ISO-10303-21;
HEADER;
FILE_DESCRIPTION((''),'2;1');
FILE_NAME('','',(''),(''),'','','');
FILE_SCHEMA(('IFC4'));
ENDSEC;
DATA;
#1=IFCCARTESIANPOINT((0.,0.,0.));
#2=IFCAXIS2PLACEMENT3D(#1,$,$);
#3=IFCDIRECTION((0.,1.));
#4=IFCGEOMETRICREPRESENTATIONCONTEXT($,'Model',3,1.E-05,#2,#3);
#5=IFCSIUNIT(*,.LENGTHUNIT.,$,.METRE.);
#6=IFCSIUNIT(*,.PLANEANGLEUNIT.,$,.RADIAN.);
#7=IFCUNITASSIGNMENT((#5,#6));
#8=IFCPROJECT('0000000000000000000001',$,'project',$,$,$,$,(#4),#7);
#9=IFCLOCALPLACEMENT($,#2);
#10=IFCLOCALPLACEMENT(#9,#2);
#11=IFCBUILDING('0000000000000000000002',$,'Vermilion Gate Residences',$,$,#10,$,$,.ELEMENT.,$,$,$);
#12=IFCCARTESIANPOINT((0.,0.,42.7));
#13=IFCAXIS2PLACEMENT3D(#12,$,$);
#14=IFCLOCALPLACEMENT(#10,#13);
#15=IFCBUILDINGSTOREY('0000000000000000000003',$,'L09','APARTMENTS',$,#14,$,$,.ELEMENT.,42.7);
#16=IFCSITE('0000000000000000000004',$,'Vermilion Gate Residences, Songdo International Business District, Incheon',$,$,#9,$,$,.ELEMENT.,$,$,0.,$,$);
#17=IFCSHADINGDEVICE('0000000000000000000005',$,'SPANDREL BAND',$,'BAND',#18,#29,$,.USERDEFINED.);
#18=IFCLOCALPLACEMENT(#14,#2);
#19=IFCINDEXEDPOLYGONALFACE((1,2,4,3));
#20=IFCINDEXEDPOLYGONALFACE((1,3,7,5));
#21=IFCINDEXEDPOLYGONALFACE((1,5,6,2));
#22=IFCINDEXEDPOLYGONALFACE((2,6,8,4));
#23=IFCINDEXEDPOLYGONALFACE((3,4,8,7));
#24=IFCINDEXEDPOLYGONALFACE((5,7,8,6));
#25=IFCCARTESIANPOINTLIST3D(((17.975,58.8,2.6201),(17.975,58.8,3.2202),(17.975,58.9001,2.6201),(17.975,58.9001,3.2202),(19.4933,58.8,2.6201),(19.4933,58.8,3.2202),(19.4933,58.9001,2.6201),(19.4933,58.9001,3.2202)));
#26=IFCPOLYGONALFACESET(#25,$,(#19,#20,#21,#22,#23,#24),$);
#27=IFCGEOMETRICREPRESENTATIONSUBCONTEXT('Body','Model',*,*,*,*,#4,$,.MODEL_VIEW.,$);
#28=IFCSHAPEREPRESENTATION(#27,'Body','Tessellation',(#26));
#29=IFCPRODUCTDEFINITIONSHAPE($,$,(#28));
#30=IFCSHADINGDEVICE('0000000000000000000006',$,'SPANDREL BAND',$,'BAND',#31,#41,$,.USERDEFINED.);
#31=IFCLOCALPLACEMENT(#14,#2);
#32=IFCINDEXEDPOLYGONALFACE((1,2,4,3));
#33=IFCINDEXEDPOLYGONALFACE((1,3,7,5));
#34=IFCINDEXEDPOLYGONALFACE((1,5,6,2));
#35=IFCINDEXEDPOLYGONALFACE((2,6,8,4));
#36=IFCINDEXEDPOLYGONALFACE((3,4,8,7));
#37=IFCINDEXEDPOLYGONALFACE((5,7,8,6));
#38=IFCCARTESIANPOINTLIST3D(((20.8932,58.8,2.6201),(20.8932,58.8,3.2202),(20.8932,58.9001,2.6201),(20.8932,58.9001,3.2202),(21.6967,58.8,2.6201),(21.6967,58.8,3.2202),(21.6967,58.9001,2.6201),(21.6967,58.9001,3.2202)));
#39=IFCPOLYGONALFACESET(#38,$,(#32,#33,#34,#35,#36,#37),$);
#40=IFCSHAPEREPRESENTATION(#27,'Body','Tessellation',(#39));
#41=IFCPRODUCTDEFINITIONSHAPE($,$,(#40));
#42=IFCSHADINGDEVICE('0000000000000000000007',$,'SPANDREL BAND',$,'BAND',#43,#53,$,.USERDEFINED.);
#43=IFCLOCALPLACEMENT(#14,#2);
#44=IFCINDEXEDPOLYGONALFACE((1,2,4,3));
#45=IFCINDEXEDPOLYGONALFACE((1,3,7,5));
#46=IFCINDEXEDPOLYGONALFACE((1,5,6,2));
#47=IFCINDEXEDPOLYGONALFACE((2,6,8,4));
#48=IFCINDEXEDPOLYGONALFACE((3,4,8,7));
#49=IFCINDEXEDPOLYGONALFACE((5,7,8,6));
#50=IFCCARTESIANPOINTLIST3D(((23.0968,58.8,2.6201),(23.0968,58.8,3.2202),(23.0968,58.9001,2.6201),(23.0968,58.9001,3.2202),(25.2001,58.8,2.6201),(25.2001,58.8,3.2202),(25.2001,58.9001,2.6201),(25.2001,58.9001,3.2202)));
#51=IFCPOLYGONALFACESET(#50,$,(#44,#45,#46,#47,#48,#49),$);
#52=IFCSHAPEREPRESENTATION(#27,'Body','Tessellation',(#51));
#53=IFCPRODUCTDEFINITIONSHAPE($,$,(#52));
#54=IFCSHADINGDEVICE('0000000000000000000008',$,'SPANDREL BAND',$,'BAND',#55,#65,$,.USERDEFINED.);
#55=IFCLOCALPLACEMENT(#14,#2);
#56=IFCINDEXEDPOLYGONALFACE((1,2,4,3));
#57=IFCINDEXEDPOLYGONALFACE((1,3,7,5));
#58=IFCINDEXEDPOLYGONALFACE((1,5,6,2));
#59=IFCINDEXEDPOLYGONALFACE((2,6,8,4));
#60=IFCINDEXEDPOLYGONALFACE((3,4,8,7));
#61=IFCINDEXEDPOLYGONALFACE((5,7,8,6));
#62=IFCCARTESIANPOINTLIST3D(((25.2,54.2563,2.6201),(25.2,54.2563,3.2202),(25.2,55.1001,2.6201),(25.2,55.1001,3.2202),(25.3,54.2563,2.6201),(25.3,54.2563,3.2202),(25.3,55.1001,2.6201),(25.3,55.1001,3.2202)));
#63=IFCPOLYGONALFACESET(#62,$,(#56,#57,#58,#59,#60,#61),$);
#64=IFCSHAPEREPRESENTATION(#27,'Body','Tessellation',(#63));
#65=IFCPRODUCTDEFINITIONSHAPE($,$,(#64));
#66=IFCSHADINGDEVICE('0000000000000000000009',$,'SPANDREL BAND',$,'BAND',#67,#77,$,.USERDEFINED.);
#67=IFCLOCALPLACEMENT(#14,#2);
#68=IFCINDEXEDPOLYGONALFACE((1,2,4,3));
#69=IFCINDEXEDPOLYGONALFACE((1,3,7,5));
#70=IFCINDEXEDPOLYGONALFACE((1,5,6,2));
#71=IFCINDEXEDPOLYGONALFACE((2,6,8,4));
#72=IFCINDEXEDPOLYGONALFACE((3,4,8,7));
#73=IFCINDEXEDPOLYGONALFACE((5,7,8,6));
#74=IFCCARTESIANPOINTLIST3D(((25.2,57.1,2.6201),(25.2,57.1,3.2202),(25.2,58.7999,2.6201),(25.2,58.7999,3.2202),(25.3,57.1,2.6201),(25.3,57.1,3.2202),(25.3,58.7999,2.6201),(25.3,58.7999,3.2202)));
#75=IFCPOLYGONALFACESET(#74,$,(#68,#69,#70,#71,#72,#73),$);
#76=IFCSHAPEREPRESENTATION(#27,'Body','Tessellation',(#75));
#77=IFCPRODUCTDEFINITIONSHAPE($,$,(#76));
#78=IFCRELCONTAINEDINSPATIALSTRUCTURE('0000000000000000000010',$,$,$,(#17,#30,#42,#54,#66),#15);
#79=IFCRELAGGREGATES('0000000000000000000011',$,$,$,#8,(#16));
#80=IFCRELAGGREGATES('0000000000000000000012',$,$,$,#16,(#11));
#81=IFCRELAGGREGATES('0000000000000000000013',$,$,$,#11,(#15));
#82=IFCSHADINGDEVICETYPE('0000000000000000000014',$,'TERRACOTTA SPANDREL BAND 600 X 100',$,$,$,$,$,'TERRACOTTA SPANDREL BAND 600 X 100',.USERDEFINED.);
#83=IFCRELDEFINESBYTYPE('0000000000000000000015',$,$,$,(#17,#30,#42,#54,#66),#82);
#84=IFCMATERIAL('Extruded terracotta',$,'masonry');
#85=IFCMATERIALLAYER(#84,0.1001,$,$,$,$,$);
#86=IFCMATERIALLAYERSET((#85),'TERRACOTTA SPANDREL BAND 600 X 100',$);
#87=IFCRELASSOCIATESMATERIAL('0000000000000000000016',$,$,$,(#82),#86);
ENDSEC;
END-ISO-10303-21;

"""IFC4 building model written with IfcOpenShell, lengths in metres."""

from ifc_helpers import new_model, si_unit, direction, frame, origin, origin_2d, place, context, subcontext, project, spatial, rectangle, extrude, material, layer, layer_set, type_object, element, save


model = new_model("IFC4")

# Units and contexts
model_context = context("Model", 3, precision=1e-05, world=origin(), true_north=direction((0.0, 1.0)))
body_context = subcontext(model_context, "Body", "Model", "MODEL_VIEW")
ifc_project = project(units=[si_unit("LENGTHUNIT", "METRE"), si_unit("PLANEANGLEUNIT", "RADIAN")], contexts=[model_context])

# Site, building, storey
site_placement = place(None, origin())
site = spatial("IfcSite", under=ifc_project, at=site_placement, Name="Vermilion Gate Residences, Songdo International Business District, Incheon", CompositionType="ELEMENT", RefElevation=0.0)
building_placement = place(site_placement, origin())
building = spatial("IfcBuilding", under=site, at=building_placement, Name="Vermilion Gate Residences", CompositionType="ELEMENT")
storey_placement = place(building_placement, frame((0.0, 0.0, 42.7)))
storey = spatial("IfcBuildingStorey", under=building, at=storey_placement, Name="L09", Description="APARTMENTS", CompositionType="ELEMENT", Elevation=42.7)

# Shading devices
ifc_material_1 = material(Name="Extruded terracotta", Category="masonry")
ifc_layer_1 = layer(ifc_material_1, 0.1001)
ifc_layer_set_1 = layer_set([ifc_layer_1], Name="TERRACOTTA SPANDREL BAND 600 X 100")
shading_device_type = type_object("IfcShadingDeviceType", Name="TERRACOTTA SPANDREL BAND 600 X 100", ElementType="TERRACOTTA SPANDREL BAND 600 X 100", PredefinedType="USERDEFINED", material=ifc_layer_set_1)
shading_device_1_placement = place(storey_placement, frame((18.7341, 58.8501, 2.6201), z_axis=(0.0, 0.0, 1.0), x_axis=(1.0, 0.0, 0.0)))
element("IfcShadingDevice", 1, at=shading_device_1_placement, inside=storey, type_object=shading_device_type, Name="SPANDREL BAND", ObjectType="BAND", PredefinedType="USERDEFINED", context=body_context, shape_type="SweptSolid", body=[
    extrude(rectangle(XDim=1.5183, YDim=0.1001, at=origin_2d()), origin(), (0.0, 0.0, 1.0), 0.6001),
])
shading_device_2_placement = place(storey_placement, frame((21.2949, 58.8501, 2.6201), z_axis=(0.0, 0.0, 1.0), x_axis=(1.0, 0.0, 0.0)))
element("IfcShadingDevice", 2, at=shading_device_2_placement, inside=storey, type_object=shading_device_type, Name="SPANDREL BAND", ObjectType="BAND", PredefinedType="USERDEFINED", context=body_context, shape_type="SweptSolid", body=[
    extrude(rectangle(XDim=0.8035, YDim=0.1001, at=origin_2d()), origin(), (0.0, 0.0, 1.0), 0.6001),
])
shading_device_3_placement = place(storey_placement, frame((24.1484, 58.8501, 2.6201), z_axis=(0.0, 0.0, 1.0), x_axis=(1.0, 0.0, 0.0)))
element("IfcShadingDevice", 3, at=shading_device_3_placement, inside=storey, type_object=shading_device_type, Name="SPANDREL BAND", ObjectType="BAND", PredefinedType="USERDEFINED", context=body_context, shape_type="SweptSolid", body=[
    extrude(rectangle(XDim=2.1033, YDim=0.1001, at=origin_2d()), origin(), (0.0, 0.0, 1.0), 0.6001),
])
shading_device_4_placement = place(storey_placement, frame((25.25, 54.6782, 2.6201), z_axis=(0.0, 0.0, 1.0), x_axis=(0.0, 1.0, 0.0)))
element("IfcShadingDevice", 4, at=shading_device_4_placement, inside=storey, type_object=shading_device_type, Name="SPANDREL BAND", ObjectType="BAND", PredefinedType="USERDEFINED", context=body_context, shape_type="SweptSolid", body=[
    extrude(rectangle(XDim=0.8438, YDim=0.1001, at=origin_2d()), origin(), (0.0, 0.0, 1.0), 0.6001),
])
shading_device_5_placement = place(storey_placement, frame((25.25, 57.95, 2.6201), z_axis=(0.0, 0.0, 1.0), x_axis=(0.0, 1.0, 0.0)))
element("IfcShadingDevice", 5, at=shading_device_5_placement, inside=storey, type_object=shading_device_type, Name="SPANDREL BAND", ObjectType="BAND", PredefinedType="USERDEFINED", context=body_context, shape_type="SweptSolid", body=[
    extrude(rectangle(XDim=1.7, YDim=0.1001, at=origin_2d()), origin(), (0.0, 0.0, 1.0), 0.6001),
])

save(model, "model.ifc")
